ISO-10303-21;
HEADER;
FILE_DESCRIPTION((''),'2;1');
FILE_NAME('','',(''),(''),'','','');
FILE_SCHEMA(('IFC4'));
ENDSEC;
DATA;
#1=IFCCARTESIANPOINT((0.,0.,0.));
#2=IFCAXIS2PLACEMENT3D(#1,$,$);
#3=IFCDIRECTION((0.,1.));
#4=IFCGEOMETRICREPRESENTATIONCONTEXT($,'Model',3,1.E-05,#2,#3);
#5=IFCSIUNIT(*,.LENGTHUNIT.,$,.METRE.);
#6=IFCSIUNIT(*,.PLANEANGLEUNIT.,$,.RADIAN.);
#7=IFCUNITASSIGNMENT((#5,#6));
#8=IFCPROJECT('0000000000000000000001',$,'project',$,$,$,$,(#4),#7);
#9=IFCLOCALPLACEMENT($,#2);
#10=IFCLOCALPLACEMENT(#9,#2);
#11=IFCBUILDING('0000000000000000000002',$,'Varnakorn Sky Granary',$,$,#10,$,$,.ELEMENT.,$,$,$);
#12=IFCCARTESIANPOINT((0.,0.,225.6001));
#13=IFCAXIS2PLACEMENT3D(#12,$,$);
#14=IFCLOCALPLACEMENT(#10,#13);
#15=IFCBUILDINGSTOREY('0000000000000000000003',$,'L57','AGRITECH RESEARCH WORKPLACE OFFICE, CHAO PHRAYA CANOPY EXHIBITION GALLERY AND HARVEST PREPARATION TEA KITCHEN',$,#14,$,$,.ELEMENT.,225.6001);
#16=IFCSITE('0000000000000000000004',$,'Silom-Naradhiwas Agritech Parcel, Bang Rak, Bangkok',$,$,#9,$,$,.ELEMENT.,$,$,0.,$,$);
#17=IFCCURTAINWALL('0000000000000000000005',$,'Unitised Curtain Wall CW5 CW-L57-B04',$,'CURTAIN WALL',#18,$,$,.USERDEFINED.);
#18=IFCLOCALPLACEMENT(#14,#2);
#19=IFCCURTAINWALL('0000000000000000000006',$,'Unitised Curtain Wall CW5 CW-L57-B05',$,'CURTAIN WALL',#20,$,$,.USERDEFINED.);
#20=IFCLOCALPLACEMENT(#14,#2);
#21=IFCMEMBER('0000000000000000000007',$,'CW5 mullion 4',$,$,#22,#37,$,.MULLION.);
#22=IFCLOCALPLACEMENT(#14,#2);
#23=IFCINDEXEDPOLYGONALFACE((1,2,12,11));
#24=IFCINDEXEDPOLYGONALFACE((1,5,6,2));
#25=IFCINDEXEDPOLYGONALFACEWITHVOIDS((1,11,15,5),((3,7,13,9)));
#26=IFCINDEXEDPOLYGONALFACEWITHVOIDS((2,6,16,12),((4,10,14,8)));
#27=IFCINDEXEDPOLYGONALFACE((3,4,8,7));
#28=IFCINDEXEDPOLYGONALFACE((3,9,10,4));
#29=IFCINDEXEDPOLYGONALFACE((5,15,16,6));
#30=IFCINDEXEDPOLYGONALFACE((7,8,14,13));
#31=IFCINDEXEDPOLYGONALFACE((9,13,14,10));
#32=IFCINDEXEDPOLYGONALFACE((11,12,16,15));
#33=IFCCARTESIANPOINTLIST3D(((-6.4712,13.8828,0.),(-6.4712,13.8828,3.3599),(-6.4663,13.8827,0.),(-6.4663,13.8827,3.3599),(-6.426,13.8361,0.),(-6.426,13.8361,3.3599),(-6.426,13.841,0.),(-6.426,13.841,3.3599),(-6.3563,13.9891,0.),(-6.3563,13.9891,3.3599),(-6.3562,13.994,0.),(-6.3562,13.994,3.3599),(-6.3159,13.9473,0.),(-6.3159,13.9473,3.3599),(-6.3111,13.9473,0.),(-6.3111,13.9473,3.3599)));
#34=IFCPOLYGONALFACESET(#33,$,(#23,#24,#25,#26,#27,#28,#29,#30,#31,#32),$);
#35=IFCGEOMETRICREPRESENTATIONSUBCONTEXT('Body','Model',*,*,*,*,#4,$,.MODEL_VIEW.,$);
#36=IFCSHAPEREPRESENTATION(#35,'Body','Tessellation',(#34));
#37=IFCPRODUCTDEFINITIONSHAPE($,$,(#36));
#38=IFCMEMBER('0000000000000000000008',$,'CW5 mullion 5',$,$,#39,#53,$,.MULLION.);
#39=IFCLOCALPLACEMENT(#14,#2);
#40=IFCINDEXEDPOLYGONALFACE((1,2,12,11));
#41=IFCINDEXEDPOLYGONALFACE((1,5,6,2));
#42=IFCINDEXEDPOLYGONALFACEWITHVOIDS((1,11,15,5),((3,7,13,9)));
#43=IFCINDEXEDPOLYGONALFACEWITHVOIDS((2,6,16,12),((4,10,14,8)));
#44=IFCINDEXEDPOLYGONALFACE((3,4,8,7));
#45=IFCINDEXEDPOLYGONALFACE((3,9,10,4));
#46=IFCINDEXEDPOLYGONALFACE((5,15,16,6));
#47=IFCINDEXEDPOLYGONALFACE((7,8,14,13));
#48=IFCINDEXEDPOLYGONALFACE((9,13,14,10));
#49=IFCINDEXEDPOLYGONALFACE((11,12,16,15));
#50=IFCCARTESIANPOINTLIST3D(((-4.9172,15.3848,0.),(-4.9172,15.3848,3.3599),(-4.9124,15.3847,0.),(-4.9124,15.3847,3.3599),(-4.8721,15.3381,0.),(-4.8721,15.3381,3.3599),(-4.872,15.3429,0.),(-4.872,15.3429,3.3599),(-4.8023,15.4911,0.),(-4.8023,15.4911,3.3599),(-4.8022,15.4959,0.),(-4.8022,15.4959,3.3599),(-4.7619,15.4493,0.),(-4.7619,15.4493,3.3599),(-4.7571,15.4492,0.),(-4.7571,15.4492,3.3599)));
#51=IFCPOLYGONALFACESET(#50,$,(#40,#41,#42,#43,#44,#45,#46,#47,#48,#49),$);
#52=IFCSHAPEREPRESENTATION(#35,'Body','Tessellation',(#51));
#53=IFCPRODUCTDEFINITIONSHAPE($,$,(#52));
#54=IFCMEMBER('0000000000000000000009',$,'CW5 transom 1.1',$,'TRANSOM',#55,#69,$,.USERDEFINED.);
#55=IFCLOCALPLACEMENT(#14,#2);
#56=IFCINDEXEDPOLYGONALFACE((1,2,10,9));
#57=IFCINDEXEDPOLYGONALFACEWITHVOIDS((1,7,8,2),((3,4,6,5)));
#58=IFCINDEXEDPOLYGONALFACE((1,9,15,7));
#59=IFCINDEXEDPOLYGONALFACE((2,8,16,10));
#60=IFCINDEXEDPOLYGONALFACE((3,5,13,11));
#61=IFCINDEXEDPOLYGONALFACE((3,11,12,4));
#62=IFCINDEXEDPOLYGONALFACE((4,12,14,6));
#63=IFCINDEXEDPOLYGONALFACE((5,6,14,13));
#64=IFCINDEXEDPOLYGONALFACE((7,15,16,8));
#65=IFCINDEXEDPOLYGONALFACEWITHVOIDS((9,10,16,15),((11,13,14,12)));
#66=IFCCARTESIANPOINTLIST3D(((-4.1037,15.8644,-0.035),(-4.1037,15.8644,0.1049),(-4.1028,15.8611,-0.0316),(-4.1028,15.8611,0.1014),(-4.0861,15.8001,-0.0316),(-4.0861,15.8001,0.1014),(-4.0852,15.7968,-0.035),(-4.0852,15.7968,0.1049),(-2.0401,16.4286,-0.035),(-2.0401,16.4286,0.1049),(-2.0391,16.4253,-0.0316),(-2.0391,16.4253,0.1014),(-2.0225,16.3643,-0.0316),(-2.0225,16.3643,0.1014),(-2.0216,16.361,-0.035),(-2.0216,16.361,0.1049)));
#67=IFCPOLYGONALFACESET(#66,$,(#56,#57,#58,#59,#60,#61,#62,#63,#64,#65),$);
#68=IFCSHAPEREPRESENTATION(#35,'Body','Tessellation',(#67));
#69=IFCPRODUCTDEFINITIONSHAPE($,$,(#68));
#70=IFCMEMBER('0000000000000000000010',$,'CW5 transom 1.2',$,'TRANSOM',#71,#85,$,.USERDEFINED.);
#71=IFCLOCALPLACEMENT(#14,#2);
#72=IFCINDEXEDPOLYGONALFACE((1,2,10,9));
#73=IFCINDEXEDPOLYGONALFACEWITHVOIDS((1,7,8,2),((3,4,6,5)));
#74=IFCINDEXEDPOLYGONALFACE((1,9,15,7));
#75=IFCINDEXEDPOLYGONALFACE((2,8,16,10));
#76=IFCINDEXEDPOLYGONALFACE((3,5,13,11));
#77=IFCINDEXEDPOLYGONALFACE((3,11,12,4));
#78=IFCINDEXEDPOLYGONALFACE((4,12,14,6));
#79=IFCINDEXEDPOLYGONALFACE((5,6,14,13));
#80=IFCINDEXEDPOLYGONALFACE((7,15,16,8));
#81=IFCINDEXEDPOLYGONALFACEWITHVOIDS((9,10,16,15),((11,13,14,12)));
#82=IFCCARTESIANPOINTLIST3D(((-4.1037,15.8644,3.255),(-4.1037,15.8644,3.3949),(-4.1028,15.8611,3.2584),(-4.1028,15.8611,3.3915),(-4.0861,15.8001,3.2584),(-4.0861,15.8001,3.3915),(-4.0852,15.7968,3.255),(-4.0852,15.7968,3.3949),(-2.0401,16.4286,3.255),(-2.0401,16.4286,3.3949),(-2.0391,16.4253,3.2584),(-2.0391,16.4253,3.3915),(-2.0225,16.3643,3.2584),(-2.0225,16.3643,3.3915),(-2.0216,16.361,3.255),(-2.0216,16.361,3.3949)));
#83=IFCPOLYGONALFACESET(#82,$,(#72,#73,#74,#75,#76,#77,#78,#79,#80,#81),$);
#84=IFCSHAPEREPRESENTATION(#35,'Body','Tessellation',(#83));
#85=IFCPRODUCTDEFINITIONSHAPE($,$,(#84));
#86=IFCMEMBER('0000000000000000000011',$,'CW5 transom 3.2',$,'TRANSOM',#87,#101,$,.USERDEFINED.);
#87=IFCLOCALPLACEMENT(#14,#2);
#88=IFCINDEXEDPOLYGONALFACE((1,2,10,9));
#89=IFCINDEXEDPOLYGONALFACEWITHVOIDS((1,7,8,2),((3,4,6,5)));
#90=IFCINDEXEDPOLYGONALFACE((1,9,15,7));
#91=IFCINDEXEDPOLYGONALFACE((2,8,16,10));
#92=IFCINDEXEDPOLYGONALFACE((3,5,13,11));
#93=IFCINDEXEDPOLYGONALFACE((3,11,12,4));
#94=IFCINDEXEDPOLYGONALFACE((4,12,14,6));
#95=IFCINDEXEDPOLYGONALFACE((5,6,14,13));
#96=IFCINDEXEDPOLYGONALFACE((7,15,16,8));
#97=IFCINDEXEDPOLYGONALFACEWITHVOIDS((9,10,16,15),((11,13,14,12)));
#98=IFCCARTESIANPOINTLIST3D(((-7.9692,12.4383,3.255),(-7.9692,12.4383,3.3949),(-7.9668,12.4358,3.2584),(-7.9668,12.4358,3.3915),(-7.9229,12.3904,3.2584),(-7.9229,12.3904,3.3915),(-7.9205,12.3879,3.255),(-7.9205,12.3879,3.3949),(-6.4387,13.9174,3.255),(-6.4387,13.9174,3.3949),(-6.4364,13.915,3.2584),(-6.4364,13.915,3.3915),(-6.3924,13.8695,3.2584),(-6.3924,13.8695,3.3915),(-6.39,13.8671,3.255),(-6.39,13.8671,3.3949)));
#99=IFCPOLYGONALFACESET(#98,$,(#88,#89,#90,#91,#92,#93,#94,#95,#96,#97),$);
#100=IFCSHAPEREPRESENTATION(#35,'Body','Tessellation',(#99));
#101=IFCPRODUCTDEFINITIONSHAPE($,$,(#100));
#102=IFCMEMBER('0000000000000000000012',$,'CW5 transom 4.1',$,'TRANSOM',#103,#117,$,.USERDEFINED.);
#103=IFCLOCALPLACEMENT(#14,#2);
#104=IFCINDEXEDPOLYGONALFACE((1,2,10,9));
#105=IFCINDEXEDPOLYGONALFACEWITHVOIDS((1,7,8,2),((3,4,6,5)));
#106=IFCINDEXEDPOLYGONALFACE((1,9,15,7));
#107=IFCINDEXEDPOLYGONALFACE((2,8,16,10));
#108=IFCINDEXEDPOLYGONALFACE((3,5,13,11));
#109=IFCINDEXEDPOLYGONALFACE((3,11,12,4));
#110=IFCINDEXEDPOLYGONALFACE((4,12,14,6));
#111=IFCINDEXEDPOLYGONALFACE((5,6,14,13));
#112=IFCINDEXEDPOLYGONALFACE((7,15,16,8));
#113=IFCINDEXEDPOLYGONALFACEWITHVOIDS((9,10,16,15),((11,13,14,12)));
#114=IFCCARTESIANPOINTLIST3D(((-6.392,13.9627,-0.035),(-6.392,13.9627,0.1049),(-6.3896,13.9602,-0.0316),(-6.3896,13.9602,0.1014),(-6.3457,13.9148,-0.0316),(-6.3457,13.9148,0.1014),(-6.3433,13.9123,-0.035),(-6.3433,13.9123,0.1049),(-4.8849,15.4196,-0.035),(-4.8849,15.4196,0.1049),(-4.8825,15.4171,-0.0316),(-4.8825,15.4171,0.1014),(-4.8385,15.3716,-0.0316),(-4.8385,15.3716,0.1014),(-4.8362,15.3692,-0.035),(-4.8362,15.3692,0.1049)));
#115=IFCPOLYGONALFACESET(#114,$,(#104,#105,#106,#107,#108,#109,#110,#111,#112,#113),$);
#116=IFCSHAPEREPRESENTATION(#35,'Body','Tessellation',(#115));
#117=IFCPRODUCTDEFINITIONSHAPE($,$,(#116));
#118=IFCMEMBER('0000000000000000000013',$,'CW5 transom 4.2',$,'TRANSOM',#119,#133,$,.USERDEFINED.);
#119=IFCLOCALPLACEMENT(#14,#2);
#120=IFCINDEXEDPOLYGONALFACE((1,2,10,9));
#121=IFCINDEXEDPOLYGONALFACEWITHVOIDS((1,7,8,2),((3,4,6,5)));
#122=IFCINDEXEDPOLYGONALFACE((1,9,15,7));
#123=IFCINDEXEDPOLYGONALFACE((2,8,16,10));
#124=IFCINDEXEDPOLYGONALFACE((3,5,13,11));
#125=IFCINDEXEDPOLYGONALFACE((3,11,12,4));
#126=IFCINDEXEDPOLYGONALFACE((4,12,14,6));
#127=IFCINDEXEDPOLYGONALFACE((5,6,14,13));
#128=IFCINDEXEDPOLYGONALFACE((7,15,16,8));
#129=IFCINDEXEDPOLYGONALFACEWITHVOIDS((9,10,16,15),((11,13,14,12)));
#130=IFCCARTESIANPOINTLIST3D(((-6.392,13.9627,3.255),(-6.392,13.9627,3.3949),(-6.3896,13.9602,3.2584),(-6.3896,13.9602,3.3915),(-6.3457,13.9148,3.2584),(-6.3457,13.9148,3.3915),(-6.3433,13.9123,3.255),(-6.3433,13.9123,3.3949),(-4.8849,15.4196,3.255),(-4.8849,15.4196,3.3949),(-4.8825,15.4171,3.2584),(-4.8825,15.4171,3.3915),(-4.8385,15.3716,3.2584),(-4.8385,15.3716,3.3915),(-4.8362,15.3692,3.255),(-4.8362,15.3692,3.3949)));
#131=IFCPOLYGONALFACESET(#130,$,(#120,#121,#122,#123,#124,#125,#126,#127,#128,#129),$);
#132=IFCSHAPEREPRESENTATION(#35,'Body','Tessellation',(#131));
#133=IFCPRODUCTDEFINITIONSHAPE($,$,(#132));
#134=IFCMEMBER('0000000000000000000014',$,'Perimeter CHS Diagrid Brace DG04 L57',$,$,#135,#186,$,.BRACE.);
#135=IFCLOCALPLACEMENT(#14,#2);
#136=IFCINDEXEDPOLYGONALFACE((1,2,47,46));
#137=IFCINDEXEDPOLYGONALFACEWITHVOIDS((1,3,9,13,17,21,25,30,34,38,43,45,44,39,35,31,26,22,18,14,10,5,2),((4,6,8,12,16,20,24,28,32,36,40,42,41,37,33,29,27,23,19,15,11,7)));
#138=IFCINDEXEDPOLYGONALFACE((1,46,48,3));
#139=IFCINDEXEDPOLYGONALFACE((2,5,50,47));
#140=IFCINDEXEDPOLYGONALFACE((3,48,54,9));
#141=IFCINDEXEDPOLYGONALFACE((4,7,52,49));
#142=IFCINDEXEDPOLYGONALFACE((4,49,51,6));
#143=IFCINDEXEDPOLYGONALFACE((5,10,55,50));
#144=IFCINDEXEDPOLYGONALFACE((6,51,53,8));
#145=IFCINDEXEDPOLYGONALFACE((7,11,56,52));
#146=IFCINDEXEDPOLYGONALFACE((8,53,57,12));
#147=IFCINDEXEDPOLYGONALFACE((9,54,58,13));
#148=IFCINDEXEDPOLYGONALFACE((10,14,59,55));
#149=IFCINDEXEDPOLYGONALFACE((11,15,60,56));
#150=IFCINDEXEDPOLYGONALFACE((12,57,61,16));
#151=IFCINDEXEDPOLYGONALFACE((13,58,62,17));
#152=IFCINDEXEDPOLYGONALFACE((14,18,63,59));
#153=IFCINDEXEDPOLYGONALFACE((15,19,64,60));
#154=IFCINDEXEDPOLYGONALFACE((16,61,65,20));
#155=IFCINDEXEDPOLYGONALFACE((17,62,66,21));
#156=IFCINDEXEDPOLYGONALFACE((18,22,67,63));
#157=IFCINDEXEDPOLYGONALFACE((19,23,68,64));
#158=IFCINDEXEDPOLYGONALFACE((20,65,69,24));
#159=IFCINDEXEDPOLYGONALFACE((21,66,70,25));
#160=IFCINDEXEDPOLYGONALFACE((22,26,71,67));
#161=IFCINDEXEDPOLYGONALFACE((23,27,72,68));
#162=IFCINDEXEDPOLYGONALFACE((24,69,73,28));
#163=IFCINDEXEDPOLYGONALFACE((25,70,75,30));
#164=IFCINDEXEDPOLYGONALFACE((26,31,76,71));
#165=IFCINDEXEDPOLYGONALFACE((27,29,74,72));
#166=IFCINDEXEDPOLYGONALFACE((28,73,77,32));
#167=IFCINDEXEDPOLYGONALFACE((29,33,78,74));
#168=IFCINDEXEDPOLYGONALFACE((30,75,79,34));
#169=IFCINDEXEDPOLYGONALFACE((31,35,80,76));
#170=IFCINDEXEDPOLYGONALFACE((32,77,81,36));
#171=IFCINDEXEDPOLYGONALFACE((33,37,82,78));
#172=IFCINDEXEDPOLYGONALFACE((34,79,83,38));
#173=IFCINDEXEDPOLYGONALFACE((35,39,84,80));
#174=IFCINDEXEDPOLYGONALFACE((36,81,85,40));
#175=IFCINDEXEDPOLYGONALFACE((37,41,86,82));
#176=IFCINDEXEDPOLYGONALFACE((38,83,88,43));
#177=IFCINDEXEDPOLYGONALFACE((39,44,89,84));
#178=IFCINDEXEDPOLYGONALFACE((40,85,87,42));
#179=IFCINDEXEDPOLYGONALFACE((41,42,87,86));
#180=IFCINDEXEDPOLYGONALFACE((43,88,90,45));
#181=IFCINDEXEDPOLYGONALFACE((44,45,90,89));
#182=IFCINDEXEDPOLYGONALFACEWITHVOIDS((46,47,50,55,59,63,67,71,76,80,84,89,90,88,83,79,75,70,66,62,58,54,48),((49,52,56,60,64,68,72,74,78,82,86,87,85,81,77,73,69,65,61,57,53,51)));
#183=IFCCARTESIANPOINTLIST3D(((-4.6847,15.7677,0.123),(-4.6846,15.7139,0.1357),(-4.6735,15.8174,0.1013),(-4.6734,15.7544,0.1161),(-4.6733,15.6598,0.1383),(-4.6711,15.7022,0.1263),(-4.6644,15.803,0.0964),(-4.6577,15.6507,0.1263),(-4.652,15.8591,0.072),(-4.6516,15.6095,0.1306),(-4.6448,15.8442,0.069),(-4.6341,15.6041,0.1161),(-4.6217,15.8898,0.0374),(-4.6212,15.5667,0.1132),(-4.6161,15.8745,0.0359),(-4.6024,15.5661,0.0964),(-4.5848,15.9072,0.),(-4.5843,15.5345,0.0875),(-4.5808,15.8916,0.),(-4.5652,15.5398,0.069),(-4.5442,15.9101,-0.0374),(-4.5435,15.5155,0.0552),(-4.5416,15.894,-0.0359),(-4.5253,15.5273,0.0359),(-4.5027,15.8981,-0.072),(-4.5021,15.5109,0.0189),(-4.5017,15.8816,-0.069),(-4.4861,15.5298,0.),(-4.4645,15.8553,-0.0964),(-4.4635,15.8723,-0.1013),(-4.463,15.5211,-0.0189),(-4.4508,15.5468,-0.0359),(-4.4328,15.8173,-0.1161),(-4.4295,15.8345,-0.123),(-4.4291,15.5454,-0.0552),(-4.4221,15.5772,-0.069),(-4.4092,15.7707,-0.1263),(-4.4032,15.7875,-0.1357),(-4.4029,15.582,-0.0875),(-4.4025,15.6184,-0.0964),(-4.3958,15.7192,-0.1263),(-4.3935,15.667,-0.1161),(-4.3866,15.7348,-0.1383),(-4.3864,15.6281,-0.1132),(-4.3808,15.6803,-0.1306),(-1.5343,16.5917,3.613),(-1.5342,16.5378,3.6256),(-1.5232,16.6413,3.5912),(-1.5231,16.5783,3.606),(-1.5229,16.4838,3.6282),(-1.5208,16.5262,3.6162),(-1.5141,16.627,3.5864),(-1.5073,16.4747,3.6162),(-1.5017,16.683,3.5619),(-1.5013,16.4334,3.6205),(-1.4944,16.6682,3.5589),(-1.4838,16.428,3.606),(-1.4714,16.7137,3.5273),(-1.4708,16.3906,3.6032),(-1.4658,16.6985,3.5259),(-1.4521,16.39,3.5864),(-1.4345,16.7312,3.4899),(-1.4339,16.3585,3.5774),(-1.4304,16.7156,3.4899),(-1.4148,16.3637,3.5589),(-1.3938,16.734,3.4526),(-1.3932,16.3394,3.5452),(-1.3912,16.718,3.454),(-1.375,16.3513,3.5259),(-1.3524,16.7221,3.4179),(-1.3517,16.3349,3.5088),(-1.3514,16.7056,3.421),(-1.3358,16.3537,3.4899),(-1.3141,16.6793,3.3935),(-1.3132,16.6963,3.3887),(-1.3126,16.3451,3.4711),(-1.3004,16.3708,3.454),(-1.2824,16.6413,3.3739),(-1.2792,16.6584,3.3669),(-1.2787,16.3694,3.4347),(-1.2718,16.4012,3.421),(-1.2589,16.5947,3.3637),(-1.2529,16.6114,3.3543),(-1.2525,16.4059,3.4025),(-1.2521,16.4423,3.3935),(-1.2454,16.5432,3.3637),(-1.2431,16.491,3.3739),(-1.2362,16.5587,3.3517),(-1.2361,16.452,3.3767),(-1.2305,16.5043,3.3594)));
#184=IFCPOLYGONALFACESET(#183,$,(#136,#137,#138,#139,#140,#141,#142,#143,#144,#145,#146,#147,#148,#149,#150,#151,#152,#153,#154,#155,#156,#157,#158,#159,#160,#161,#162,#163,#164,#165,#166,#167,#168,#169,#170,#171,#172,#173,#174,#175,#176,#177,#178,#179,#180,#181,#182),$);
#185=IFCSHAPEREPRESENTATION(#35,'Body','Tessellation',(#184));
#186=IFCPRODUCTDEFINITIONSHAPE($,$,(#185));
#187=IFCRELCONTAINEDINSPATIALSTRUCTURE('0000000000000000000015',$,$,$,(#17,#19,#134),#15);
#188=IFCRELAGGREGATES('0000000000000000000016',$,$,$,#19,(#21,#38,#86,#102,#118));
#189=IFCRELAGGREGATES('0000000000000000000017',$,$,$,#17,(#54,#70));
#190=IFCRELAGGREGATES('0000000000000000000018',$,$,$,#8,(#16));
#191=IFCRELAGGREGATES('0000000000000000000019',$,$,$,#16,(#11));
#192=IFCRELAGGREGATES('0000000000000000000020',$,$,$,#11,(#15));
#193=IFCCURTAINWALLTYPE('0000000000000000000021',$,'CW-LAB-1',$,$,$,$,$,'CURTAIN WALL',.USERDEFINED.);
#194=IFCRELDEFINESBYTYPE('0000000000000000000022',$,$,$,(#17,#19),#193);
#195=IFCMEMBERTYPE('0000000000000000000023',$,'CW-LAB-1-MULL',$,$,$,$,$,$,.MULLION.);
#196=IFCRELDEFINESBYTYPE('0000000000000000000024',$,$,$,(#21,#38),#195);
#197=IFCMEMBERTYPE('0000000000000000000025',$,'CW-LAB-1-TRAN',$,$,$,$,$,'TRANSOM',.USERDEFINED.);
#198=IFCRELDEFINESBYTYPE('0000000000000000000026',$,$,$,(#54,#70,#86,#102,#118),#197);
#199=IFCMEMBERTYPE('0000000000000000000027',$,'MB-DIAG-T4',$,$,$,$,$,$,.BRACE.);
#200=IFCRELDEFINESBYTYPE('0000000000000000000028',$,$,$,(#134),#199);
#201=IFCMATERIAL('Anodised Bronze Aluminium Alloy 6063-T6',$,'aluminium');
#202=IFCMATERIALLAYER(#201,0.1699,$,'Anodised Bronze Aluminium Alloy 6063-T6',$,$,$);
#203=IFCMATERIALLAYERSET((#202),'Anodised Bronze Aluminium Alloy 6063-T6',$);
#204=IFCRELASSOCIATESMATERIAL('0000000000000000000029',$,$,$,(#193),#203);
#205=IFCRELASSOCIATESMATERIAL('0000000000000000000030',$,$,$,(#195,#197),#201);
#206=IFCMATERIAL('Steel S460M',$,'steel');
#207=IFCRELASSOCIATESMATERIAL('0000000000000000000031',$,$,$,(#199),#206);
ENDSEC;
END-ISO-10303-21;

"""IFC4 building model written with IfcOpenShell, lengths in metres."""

from ifc_helpers import new_model, si_unit, direction, frame, origin, origin_2d, place, context, subcontext, project, spatial, hollow_rectangle, hollow_circle, extrude, material, layer, layer_set, material_profile, profile_set, type_object, element, aggregate, save


model = new_model("IFC4")

# Units and contexts
model_context = context("Model", 3, precision=1e-05, world=origin(), true_north=direction((0.0, 1.0)))
body_context = subcontext(model_context, "Body", "Model", "MODEL_VIEW")
ifc_project = project(units=[si_unit("LENGTHUNIT", "METRE"), si_unit("PLANEANGLEUNIT", "RADIAN")], contexts=[model_context])

# Site, building, storey
site_placement = place(None, origin())
site = spatial("IfcSite", under=ifc_project, at=site_placement, Name="Silom-Naradhiwas Agritech Parcel, Bang Rak, Bangkok", CompositionType="ELEMENT", RefElevation=0.0)
building_placement = place(site_placement, origin())
building = spatial("IfcBuilding", under=site, at=building_placement, Name="Varnakorn Sky Granary", CompositionType="ELEMENT")
storey_placement = place(building_placement, frame((0.0, 0.0, 225.6001)))
storey = spatial("IfcBuildingStorey", under=building, at=storey_placement, Name="L57", Description="AGRITECH RESEARCH WORKPLACE OFFICE, CHAO PHRAYA CANOPY EXHIBITION GALLERY AND HARVEST PREPARATION TEA KITCHEN", CompositionType="ELEMENT", Elevation=225.6001)

# Shared definitions
ifc_material_1 = material(Name="Steel S460M", Category="steel")

# Curtain wall
ifc_material_2 = material(Name="Anodised Bronze Aluminium Alloy 6063-T6", Category="aluminium")
ifc_layer_1 = layer(ifc_material_2, 0.1699, Name="Anodised Bronze Aluminium Alloy 6063-T6")
ifc_layer_set_1 = layer_set([ifc_layer_1], Name="Anodised Bronze Aluminium Alloy 6063-T6")
curtain_wall_type = type_object("IfcCurtainWallType", Name="CW-LAB-1", ElementType="CURTAIN WALL", PredefinedType="USERDEFINED", material=ifc_layer_set_1)
curtain_wall_1_placement = place(storey_placement, origin())
curtain_wall_1 = element("IfcCurtainWall", 1, at=curtain_wall_1_placement, inside=storey, type_object=curtain_wall_type, Name="Unitised Curtain Wall CW5 CW-L57-B04", ObjectType="CURTAIN WALL", PredefinedType="USERDEFINED")
ifc_material_profile_1 = material_profile(ifc_material_2, hollow_rectangle(XDim=0.0649, YDim=0.1599, WallThickness=0.0034, at=origin_2d()), Name="ALU MULL 65x160")
ifc_profile_set_1 = profile_set([ifc_material_profile_1], Name="Anodised Bronze Aluminium Alloy 6063-T6")
member_type_1 = type_object("IfcMemberType", Name="CW-LAB-1-MULL", PredefinedType="MULLION", material=ifc_profile_set_1)

# Curtain wall, members
curtain_wall_2_placement = place(storey_placement, origin())
curtain_wall_2 = element("IfcCurtainWall", 2, at=curtain_wall_2_placement, inside=storey, type_object=curtain_wall_type, Name="Unitised Curtain Wall CW5 CW-L57-B05", ObjectType="CURTAIN WALL", PredefinedType="USERDEFINED")
member_1_placement = place(storey_placement, frame((-6.3911, 13.915, 0.0), z_axis=(0.0, 0.0, 1.0), x_axis=(-0.695009, 0.719001, 0.0)))
member_1 = element("IfcMember", 3, at=member_1_placement, type_object=member_type_1, Name="CW5 mullion 4", PredefinedType="MULLION", context=body_context, shape_type="SweptSolid", body=[
    extrude(hollow_rectangle(XDim=0.0649, YDim=0.1599, WallThickness=0.0034, at=origin_2d()), origin(), (0.0, 0.0, 1.0), 3.3599),
])
member_2_placement = place(storey_placement, frame((-4.8372, 15.417, 0.0), z_axis=(0.0, 0.0, 1.0), x_axis=(-0.695009, 0.719001, 0.0)))
member_2 = element("IfcMember", 4, at=member_2_placement, type_object=member_type_1, Name="CW5 mullion 5", PredefinedType="MULLION", context=body_context, shape_type="SweptSolid", body=[
    extrude(hollow_rectangle(XDim=0.0649, YDim=0.1599, WallThickness=0.0034, at=origin_2d()), origin(), (0.0, 0.0, 1.0), 3.3599),
])

# Members
ifc_material_profile_2 = material_profile(ifc_material_2, hollow_rectangle(XDim=0.0701, YDim=0.1399, WallThickness=0.0034, at=origin_2d()), Name="ALU TRAN 70x140")
ifc_profile_set_2 = profile_set([ifc_material_profile_2], Name="Anodised Bronze Aluminium Alloy 6063-T6")
member_type_2 = type_object("IfcMemberType", Name="CW-LAB-1-TRAN", ElementType="TRANSOM", PredefinedType="USERDEFINED", material=ifc_profile_set_2)
member_3_placement = place(storey_placement, frame((-4.0945, 15.8306, 0.0349), z_axis=(0.9646, 0.263716, 0.0), x_axis=(-0.263716, 0.9646, 0.0)))
member_3 = element("IfcMember", 5, at=member_3_placement, type_object=member_type_2, Name="CW5 transom 1.1", ObjectType="TRANSOM", PredefinedType="USERDEFINED", context=body_context, shape_type="SweptSolid", body=[
    extrude(hollow_rectangle(XDim=0.0701, YDim=0.1399, WallThickness=0.0034, at=origin_2d()), origin(), (0.0, 0.0, 1.0), 2.1394),
])
member_4_placement = place(storey_placement, frame((-4.0945, 15.8306, 3.325), z_axis=(0.9646, 0.263716, 0.0), x_axis=(-0.263716, 0.9646, 0.0)))
member_4 = element("IfcMember", 6, at=member_4_placement, type_object=member_type_2, Name="CW5 transom 1.2", ObjectType="TRANSOM", PredefinedType="USERDEFINED", context=body_context, shape_type="SweptSolid", body=[
    extrude(hollow_rectangle(XDim=0.0701, YDim=0.1399, WallThickness=0.0034, at=origin_2d()), origin(), (0.0, 0.0, 1.0), 2.1394),
])
member_5_placement = place(storey_placement, frame((-7.9448, 12.4131, 3.325), z_axis=(0.719048, 0.694961, 0.0), x_axis=(-0.694961, 0.719048, 0.0)))
member_5 = element("IfcMember", 7, at=member_5_placement, type_object=member_type_2, Name="CW5 transom 3.2", ObjectType="TRANSOM", PredefinedType="USERDEFINED", context=body_context, shape_type="SweptSolid", body=[
    extrude(hollow_rectangle(XDim=0.0701, YDim=0.1399, WallThickness=0.0034, at=origin_2d()), origin(), (0.0, 0.0, 1.0), 2.1284),
])
member_6_placement = place(storey_placement, frame((-6.3677, 13.9375, 0.0349), z_axis=(0.719002, 0.695008, 0.0), x_axis=(-0.695008, 0.719002, 0.0)))
member_6 = element("IfcMember", 8, at=member_6_placement, type_object=member_type_2, Name="CW5 transom 4.1", ObjectType="TRANSOM", PredefinedType="USERDEFINED", context=body_context, shape_type="SweptSolid", body=[
    extrude(hollow_rectangle(XDim=0.0701, YDim=0.1399, WallThickness=0.0034, at=origin_2d()), origin(), (0.0, 0.0, 1.0), 2.0962),
])
member_7_placement = place(storey_placement, frame((-6.3677, 13.9375, 3.325), z_axis=(0.719002, 0.695008, 0.0), x_axis=(-0.695008, 0.719002, 0.0)))
member_7 = element("IfcMember", 9, at=member_7_placement, type_object=member_type_2, Name="CW5 transom 4.2", ObjectType="TRANSOM", PredefinedType="USERDEFINED", context=body_context, shape_type="SweptSolid", body=[
    extrude(hollow_rectangle(XDim=0.0701, YDim=0.1399, WallThickness=0.0034, at=origin_2d()), origin(), (0.0, 0.0, 1.0), 2.0962),
])

# Member
ifc_material_profile_3 = material_profile(ifc_material_1, hollow_circle(Radius=0.2031, WallThickness=0.0161, at=origin_2d()), Name="CHS 406.4x16")
ifc_profile_set_3 = profile_set([ifc_material_profile_3], Name="Steel S460M")
member_type_3 = type_object("IfcMemberType", Name="MB-DIAG-T4", PredefinedType="BRACE", material=ifc_profile_set_3)
member_8_placement = place(storey_placement, frame((-4.5334, 15.7107, 0.0), z_axis=(0.660009, 0.172623, 0.731156), x_axis=(-0.253035, 0.967457, 0.0)))
element("IfcMember", 10, at=member_8_placement, inside=storey, type_object=member_type_3, Name="Perimeter CHS Diagrid Brace DG04 L57", PredefinedType="BRACE", context=body_context, shape_type="SweptSolid", body=[
    extrude(hollow_circle(Radius=0.2031, WallThickness=0.0161, at=origin_2d()), origin(), (0.0, 0.0, 1.0), 4.7732),
])

aggregate(curtain_wall_2, [member_1, member_2, member_5, member_6, member_7])
aggregate(curtain_wall_1, [member_3, member_4])

save(model, "model.ifc")
